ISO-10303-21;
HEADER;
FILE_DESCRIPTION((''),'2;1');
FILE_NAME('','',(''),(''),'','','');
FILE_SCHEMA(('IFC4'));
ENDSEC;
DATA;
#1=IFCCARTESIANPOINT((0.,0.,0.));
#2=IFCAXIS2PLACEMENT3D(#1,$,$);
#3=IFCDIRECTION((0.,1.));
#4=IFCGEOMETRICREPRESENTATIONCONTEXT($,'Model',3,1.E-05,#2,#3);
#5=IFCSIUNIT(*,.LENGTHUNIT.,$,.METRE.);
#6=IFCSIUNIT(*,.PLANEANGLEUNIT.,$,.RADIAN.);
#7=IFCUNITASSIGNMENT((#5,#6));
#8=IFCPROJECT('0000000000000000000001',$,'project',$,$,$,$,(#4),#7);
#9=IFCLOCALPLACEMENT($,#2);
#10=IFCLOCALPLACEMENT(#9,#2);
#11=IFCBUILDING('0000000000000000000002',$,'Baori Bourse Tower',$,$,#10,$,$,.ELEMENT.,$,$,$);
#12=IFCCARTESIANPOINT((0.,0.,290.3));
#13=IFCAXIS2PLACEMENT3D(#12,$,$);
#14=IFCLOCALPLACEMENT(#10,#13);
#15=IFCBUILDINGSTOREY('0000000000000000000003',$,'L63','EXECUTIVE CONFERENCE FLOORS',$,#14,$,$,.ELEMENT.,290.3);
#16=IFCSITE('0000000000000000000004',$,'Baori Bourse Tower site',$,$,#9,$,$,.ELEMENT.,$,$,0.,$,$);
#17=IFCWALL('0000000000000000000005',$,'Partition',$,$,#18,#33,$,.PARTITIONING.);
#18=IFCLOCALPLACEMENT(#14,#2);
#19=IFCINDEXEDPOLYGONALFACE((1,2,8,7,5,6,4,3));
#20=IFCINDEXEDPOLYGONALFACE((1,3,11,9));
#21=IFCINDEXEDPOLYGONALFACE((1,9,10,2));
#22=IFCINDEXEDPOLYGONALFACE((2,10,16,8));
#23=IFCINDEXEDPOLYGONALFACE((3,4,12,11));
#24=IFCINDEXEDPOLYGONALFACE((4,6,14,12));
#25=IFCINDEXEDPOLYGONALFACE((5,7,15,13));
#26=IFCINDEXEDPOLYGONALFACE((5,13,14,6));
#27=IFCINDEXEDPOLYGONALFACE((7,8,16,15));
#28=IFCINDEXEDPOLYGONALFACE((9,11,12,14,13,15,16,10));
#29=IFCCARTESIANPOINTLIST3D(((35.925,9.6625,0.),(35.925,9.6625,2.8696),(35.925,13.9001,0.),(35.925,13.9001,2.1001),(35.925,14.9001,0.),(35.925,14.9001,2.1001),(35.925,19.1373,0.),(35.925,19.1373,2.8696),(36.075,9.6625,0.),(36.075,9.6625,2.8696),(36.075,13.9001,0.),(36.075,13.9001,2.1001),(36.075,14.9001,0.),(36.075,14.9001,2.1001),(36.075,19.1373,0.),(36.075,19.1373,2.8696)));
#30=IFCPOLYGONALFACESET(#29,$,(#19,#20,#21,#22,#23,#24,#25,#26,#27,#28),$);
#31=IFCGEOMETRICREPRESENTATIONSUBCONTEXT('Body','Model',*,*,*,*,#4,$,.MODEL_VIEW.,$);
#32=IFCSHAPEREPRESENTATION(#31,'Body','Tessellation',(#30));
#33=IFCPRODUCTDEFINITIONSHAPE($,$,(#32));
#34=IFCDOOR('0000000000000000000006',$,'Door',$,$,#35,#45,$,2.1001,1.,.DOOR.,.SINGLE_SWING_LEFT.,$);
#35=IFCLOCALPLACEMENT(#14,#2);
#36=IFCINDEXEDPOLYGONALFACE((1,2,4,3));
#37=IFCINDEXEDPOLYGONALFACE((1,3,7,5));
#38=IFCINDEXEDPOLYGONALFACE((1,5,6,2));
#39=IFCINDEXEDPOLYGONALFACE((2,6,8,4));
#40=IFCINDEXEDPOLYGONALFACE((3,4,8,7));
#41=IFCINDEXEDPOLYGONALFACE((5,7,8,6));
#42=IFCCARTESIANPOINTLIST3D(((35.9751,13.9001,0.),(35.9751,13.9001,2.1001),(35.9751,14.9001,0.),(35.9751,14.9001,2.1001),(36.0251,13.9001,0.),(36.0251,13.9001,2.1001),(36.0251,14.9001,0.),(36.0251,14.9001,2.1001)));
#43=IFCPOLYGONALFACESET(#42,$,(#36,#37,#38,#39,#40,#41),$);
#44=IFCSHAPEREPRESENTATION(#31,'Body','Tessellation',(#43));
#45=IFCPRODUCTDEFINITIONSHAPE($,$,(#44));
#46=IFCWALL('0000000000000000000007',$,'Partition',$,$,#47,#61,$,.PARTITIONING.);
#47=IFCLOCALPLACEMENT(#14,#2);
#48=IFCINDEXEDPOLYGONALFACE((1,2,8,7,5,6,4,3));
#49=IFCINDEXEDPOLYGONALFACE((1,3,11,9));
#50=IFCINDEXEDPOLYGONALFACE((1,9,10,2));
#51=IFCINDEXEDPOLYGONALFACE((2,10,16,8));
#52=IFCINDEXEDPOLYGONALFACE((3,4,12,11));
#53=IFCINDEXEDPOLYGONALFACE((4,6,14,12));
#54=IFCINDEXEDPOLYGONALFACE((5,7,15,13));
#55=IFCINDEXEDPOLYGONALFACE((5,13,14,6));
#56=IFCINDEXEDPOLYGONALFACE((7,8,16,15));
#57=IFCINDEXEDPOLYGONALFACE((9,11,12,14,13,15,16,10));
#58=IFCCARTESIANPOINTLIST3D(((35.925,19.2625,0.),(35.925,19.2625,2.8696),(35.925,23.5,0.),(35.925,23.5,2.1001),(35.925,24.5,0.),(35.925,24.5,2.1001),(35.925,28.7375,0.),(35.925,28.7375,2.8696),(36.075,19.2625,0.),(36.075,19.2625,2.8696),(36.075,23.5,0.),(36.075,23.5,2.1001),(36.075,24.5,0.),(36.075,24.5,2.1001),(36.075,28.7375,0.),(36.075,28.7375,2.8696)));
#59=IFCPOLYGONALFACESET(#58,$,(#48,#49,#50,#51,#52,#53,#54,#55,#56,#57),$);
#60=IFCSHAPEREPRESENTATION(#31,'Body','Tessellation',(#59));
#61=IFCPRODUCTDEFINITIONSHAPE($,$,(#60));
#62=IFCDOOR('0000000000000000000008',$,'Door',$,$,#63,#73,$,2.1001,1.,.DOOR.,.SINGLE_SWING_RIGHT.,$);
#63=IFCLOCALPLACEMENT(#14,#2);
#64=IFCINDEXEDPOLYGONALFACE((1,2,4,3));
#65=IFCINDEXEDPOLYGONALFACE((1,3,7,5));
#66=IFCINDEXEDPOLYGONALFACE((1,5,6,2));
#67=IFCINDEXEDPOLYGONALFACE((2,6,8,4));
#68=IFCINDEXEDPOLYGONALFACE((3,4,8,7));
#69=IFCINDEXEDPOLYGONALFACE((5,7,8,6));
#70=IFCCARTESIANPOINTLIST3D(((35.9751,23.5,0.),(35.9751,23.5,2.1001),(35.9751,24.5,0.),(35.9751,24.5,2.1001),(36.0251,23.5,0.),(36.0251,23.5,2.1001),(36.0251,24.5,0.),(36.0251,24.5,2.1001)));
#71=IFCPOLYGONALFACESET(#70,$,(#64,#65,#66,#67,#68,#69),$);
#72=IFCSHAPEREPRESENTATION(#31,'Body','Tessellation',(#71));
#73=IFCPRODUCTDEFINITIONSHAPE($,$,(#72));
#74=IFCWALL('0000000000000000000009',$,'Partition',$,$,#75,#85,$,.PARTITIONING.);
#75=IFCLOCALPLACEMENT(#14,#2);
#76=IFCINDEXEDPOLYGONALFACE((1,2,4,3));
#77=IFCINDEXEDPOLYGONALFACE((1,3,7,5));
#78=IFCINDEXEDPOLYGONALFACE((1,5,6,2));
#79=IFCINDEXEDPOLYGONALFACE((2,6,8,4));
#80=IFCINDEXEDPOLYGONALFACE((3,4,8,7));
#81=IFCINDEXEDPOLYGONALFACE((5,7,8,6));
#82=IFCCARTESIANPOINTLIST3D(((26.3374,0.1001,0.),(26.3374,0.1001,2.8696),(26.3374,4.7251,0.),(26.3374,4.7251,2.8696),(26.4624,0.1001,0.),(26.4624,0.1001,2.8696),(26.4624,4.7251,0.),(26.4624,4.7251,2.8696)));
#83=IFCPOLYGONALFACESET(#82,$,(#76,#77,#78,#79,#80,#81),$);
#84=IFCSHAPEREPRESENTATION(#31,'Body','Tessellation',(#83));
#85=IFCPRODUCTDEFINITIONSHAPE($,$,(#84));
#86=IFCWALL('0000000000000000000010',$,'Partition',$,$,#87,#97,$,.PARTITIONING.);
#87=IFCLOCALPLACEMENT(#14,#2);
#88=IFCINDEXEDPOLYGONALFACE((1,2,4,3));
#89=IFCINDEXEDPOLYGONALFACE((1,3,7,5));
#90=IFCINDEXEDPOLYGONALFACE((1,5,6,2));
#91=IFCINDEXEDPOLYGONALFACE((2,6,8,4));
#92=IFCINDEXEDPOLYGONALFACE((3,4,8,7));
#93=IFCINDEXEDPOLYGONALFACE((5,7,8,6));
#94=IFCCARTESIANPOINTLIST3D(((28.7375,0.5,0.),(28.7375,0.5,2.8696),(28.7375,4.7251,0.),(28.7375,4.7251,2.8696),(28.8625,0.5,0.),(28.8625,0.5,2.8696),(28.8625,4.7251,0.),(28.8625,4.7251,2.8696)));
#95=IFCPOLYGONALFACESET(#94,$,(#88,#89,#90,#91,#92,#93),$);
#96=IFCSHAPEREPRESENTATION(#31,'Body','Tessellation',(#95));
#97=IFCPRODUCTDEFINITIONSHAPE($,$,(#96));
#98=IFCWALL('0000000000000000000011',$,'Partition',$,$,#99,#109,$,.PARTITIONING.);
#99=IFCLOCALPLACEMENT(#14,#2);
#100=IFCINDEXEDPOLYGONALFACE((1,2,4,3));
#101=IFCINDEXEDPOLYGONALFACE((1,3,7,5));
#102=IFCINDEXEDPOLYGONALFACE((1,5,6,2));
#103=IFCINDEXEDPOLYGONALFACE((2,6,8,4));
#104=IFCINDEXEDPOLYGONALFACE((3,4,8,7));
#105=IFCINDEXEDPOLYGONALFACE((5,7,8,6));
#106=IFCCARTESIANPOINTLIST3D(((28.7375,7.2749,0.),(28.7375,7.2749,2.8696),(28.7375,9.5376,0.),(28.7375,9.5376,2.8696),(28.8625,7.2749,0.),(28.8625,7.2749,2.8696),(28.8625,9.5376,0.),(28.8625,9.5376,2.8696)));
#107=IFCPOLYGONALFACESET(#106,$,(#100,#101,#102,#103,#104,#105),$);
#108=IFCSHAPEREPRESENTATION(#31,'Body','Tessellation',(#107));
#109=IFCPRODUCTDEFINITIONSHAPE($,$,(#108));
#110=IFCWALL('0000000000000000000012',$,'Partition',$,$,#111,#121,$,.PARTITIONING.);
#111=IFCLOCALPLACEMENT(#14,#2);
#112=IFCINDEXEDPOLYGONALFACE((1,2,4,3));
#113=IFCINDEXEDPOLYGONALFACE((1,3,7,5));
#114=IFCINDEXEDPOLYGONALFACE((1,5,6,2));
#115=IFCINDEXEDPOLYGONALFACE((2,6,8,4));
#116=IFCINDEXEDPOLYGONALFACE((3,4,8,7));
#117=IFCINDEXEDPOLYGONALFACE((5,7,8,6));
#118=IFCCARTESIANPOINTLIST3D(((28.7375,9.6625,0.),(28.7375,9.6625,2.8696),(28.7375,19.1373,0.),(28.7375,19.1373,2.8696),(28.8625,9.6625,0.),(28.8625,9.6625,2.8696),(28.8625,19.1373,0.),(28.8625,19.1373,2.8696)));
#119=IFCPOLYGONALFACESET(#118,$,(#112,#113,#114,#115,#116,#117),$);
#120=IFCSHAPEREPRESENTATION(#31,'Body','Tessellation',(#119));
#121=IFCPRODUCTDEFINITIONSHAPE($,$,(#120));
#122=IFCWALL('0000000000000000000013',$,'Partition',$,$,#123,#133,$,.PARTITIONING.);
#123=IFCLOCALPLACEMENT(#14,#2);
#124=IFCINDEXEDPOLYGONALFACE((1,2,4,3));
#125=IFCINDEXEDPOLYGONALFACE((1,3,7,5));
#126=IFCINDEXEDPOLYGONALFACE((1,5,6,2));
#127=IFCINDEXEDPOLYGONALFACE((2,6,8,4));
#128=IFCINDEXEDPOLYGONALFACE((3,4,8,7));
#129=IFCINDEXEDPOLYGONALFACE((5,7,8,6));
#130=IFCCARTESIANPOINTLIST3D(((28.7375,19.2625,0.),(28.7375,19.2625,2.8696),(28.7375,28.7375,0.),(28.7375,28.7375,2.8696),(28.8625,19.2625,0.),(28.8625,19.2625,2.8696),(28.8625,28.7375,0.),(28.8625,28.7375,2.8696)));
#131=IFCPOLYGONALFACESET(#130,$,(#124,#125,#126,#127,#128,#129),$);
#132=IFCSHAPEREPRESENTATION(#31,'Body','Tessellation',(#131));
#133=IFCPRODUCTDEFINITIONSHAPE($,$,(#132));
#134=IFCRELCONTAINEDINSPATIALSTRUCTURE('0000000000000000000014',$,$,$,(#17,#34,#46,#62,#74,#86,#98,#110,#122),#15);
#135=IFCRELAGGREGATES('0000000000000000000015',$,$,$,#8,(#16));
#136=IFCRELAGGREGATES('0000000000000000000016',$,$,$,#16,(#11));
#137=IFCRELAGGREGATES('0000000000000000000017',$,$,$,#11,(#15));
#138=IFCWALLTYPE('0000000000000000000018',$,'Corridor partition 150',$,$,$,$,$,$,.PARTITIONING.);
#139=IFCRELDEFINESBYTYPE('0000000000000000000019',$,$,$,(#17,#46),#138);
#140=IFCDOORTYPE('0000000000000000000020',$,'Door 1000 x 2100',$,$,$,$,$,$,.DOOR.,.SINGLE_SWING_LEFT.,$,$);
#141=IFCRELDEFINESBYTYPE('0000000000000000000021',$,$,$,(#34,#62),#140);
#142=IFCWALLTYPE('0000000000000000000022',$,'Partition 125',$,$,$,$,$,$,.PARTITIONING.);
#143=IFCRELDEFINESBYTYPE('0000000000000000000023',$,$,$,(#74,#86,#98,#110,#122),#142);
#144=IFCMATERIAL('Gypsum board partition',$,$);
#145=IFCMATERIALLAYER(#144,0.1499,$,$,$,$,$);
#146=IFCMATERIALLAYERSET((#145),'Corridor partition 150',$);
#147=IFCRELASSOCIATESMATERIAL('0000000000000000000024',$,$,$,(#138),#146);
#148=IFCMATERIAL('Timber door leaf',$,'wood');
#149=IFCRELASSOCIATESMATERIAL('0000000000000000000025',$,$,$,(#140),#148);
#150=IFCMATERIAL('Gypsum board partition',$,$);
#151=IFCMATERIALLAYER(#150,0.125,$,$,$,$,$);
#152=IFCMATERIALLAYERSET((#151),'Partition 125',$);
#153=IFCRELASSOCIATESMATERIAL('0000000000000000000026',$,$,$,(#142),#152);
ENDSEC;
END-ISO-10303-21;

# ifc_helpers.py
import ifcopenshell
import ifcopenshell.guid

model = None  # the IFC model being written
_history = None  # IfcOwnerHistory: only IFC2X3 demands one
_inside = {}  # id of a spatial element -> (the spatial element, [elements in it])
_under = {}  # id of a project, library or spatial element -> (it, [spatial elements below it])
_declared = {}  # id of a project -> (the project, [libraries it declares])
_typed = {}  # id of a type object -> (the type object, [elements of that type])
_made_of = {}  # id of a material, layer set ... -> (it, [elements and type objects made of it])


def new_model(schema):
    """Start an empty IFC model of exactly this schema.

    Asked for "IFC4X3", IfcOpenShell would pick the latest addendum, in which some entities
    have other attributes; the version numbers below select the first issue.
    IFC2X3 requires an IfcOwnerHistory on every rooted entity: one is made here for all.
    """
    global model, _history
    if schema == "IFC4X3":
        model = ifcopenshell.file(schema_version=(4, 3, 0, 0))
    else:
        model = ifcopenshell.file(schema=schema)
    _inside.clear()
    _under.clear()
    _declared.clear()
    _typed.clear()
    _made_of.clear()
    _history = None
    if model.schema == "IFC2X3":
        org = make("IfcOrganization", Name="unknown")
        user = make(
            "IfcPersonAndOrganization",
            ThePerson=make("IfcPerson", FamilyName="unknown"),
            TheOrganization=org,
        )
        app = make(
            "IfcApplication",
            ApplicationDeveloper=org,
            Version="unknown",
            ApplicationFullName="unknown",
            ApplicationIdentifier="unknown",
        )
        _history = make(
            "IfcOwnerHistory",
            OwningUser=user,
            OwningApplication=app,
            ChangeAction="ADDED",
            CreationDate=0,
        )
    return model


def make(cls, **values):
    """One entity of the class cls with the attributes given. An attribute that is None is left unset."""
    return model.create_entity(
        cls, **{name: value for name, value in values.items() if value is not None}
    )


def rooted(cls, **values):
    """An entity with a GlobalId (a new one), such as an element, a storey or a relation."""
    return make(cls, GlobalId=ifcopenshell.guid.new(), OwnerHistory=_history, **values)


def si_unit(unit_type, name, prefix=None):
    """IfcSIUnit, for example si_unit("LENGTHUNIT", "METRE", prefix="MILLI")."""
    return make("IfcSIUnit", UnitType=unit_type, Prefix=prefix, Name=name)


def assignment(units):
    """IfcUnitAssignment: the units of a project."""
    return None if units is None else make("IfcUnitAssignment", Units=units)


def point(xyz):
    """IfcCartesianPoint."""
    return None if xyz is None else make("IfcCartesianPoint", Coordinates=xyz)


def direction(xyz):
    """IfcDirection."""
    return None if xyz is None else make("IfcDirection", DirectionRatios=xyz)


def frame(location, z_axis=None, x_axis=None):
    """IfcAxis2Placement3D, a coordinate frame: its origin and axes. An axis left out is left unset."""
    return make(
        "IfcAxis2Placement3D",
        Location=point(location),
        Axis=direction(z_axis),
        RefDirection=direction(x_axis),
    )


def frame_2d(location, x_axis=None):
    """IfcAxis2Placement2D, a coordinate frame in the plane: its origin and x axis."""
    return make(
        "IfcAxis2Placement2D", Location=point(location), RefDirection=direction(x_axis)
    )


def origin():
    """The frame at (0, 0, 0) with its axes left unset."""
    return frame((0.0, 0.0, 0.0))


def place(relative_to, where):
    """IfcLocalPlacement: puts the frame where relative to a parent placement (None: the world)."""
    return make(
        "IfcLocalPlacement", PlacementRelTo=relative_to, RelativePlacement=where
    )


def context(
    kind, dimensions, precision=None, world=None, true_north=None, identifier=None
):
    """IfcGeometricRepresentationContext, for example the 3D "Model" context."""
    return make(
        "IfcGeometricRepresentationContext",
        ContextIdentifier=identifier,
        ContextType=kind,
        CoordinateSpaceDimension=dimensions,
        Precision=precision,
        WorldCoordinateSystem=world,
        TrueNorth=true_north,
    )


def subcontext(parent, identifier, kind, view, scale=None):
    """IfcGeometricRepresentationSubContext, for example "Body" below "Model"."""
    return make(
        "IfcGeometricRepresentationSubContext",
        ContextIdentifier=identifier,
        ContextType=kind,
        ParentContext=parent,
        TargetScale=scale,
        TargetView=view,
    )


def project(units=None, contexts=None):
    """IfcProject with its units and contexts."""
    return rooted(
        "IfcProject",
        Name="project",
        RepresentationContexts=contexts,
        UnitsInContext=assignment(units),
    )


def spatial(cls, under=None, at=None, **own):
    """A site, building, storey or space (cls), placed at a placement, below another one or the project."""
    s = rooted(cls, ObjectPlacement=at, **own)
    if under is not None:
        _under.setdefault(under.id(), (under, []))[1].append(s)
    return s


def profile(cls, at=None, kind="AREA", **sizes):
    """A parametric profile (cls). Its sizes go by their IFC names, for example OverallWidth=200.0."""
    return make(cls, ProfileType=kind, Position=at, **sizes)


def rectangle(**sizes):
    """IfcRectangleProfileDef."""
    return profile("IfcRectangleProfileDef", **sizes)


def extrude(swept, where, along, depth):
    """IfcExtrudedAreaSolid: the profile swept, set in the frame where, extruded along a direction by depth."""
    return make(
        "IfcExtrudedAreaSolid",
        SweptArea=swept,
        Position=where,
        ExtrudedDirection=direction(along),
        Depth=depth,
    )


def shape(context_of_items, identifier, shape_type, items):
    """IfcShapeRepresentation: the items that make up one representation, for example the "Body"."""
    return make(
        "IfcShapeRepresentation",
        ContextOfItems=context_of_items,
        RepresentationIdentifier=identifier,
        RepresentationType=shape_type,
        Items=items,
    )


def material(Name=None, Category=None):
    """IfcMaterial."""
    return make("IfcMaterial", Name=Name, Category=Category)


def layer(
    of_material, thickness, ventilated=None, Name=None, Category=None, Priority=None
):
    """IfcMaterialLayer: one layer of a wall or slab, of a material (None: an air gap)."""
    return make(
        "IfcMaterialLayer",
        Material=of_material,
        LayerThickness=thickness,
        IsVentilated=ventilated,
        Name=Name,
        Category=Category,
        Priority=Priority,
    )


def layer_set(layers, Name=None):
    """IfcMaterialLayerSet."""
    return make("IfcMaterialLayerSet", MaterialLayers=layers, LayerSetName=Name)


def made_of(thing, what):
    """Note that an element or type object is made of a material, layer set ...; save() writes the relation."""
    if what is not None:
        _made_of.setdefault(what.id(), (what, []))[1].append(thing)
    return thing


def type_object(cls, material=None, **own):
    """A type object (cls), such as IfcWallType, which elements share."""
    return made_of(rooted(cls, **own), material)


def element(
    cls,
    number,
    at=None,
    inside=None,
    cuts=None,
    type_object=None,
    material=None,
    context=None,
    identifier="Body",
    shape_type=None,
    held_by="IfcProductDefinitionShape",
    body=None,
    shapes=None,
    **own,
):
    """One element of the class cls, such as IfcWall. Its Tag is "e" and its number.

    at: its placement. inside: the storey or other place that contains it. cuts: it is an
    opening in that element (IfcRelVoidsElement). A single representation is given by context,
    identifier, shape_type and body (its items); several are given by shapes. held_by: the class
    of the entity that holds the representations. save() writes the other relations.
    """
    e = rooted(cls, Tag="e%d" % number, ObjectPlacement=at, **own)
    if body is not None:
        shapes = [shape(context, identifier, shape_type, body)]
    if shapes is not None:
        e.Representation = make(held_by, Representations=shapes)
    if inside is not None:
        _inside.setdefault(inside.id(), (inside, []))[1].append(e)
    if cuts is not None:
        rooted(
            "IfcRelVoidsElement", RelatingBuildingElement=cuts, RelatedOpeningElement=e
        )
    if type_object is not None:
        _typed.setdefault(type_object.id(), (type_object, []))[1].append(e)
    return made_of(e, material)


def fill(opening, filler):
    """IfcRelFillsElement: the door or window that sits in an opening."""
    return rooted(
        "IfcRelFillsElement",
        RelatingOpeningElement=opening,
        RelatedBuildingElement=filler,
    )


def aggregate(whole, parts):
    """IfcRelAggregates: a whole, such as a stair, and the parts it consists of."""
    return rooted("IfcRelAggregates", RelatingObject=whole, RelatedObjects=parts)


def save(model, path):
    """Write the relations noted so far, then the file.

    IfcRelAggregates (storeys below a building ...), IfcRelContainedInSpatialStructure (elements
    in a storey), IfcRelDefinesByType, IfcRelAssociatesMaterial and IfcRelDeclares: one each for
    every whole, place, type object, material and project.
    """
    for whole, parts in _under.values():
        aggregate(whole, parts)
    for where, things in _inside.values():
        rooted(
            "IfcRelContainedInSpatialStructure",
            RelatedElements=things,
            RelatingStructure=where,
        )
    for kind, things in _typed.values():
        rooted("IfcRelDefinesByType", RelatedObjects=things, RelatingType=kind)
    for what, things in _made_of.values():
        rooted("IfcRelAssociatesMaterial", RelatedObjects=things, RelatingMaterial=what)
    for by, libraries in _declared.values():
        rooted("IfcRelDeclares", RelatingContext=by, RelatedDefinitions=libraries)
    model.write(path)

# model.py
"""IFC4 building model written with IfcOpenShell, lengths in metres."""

from ifc_helpers import new_model, si_unit, direction, frame, frame_2d, origin, place, context, subcontext, project, spatial, rectangle, extrude, material, layer, layer_set, type_object, element, fill, save


model = new_model("IFC4")

# Units and contexts
model_context = context("Model", 3, precision=1e-05, world=origin(), true_north=direction((0.0, 1.0)))
body_context = subcontext(model_context, "Body", "Model", "MODEL_VIEW")
ifc_project = project(units=[si_unit("LENGTHUNIT", "METRE"), si_unit("PLANEANGLEUNIT", "RADIAN")], contexts=[model_context])

# Site, building, storey
site_placement = place(None, origin())
site = spatial("IfcSite", under=ifc_project, at=site_placement, Name="Baori Bourse Tower site", CompositionType="ELEMENT", RefElevation=0.0)
building_placement = place(site_placement, origin())
building = spatial("IfcBuilding", under=site, at=building_placement, Name="Baori Bourse Tower", CompositionType="ELEMENT")
storey_placement = place(building_placement, frame((0.0, 0.0, 290.3)))
storey = spatial("IfcBuildingStorey", under=building, at=storey_placement, Name="L63", Description="EXECUTIVE CONFERENCE FLOORS", CompositionType="ELEMENT", Elevation=290.3)

# Shared definitions
ifc_material_1 = material(Name="Gypsum board partition")
ifc_layer_1 = layer(ifc_material_1, 0.1499)
ifc_layer_set_1 = layer_set([ifc_layer_1], Name="Corridor partition 150")
wall_type_1 = type_object("IfcWallType", Name="Corridor partition 150", PredefinedType="PARTITIONING", material=ifc_layer_set_1)

# Shared definitions
ifc_material_2 = material(Name="Timber door leaf", Category="wood")
door_type = type_object("IfcDoorType", Name="Door 1000 x 2100", OperationType="SINGLE_SWING_LEFT", PredefinedType="DOOR", material=ifc_material_2)

# Walls, openings, doors
wall_1_placement = place(storey_placement, frame((36.0, 9.6626, 0.0), z_axis=(0.0, 0.0, 1.0), x_axis=(0.0, 1.0, 0.0)))
wall_1 = element("IfcWall", 1, at=wall_1_placement, inside=storey, type_object=wall_type_1, Name="Partition", PredefinedType="PARTITIONING", context=body_context, shape_type="SweptSolid", body=[
    extrude(rectangle(XDim=9.4749, YDim=0.1499, at=frame_2d((4.7373, 0.0))), origin(), (0.0, 0.0, 1.0), 2.8696),
])
opening_1_placement = place(wall_1_placement, frame((4.2375, 0.0, 0.0)))
opening_1 = element("IfcOpeningElement", 2, at=opening_1_placement, cuts=wall_1, PredefinedType="OPENING", context=body_context, shape_type="SweptSolid", body=[
    extrude(rectangle(XDim=1.0, YDim=2.1001, at=frame_2d((0.5, 1.05))), frame((0.0, 0.085, 0.0), z_axis=(0.0, -1.0, 0.0), x_axis=(1.0, 0.0, 0.0)), (0.0, 0.0, 1.0), 0.1699),
])
door_1_placement = place(opening_1_placement, origin())
door_1 = element("IfcDoor", 3, at=door_1_placement, inside=storey, type_object=door_type, Name="Door", OperationType="SINGLE_SWING_LEFT", OverallHeight=2.1001, OverallWidth=1.0, PredefinedType="DOOR", context=body_context, shape_type="SweptSolid", body=[
    extrude(rectangle(XDim=1.0, YDim=2.1001, at=frame_2d((0.5, 1.05))), frame((0.0, 0.0249, 0.0), z_axis=(0.0, -1.0, 0.0), x_axis=(1.0, 0.0, 0.0)), (0.0, 0.0, 1.0), 0.05),
])
fill(opening_1, door_1)
wall_2_placement = place(storey_placement, frame((36.0, 19.2625, 0.0), z_axis=(0.0, 0.0, 1.0), x_axis=(0.0, 1.0, 0.0)))
wall_2 = element("IfcWall", 4, at=wall_2_placement, inside=storey, type_object=wall_type_1, Name="Partition", PredefinedType="PARTITIONING", context=body_context, shape_type="SweptSolid", body=[
    extrude(rectangle(XDim=9.4751, YDim=0.1499, at=frame_2d((4.7375, 0.0))), origin(), (0.0, 0.0, 1.0), 2.8696),
])
opening_2_placement = place(wall_2_placement, frame((4.2375, 0.0, 0.0)))
opening_2 = element("IfcOpeningElement", 5, at=opening_2_placement, cuts=wall_2, PredefinedType="OPENING", context=body_context, shape_type="SweptSolid", body=[
    extrude(rectangle(XDim=1.0, YDim=2.1001, at=frame_2d((0.5, 1.05))), frame((0.0, 0.085, 0.0), z_axis=(0.0, -1.0, 0.0), x_axis=(1.0, 0.0, 0.0)), (0.0, 0.0, 1.0), 0.1699),
])
door_2_placement = place(opening_2_placement, origin())
door_2 = element("IfcDoor", 6, at=door_2_placement, inside=storey, type_object=door_type, Name="Door", OperationType="SINGLE_SWING_RIGHT", OverallHeight=2.1001, OverallWidth=1.0, PredefinedType="DOOR", context=body_context, shape_type="SweptSolid", body=[
    extrude(rectangle(XDim=1.0, YDim=2.1001, at=frame_2d((0.5, 1.05))), frame((0.0, 0.0249, 0.0), z_axis=(0.0, -1.0, 0.0), x_axis=(1.0, 0.0, 0.0)), (0.0, 0.0, 1.0), 0.05),
])
fill(opening_2, door_2)

# Walls
ifc_material_3 = material(Name="Gypsum board partition")
ifc_layer_2 = layer(ifc_material_3, 0.125)
ifc_layer_set_2 = layer_set([ifc_layer_2], Name="Partition 125")
wall_type_2 = type_object("IfcWallType", Name="Partition 125", PredefinedType="PARTITIONING", material=ifc_layer_set_2)
wall_3_placement = place(storey_placement, frame((26.3999, 0.1001, 0.0), z_axis=(0.0, 0.0, 1.0), x_axis=(0.0, 1.0, 0.0)))
element("IfcWall", 7, at=wall_3_placement, inside=storey, type_object=wall_type_2, Name="Partition", PredefinedType="PARTITIONING", context=body_context, shape_type="SweptSolid", body=[
    extrude(rectangle(XDim=4.625, YDim=0.125, at=frame_2d((2.3125, 0.0))), origin(), (0.0, 0.0, 1.0), 2.8696),
])
wall_4_placement = place(storey_placement, frame((28.8, 0.5, 0.0), z_axis=(0.0, 0.0, 1.0), x_axis=(0.0, 1.0, 0.0)))
element("IfcWall", 8, at=wall_4_placement, inside=storey, type_object=wall_type_2, Name="Partition", PredefinedType="PARTITIONING", context=body_context, shape_type="SweptSolid", body=[
    extrude(rectangle(XDim=4.2251, YDim=0.125, at=frame_2d((2.1125, 0.0))), origin(), (0.0, 0.0, 1.0), 2.8696),
])
wall_5_placement = place(storey_placement, frame((28.8, 7.2749, 0.0), z_axis=(0.0, 0.0, 1.0), x_axis=(0.0, 1.0, 0.0)))
element("IfcWall", 9, at=wall_5_placement, inside=storey, type_object=wall_type_2, Name="Partition", PredefinedType="PARTITIONING", context=body_context, shape_type="SweptSolid", body=[
    extrude(rectangle(XDim=2.2627, YDim=0.125, at=frame_2d((1.1313, 0.0))), origin(), (0.0, 0.0, 1.0), 2.8696),
])
wall_6_placement = place(storey_placement, frame((28.8, 9.6626, 0.0), z_axis=(0.0, 0.0, 1.0), x_axis=(0.0, 1.0, 0.0)))
element("IfcWall", 10, at=wall_6_placement, inside=storey, type_object=wall_type_2, Name="Partition", PredefinedType="PARTITIONING", context=body_context, shape_type="SweptSolid", body=[
    extrude(rectangle(XDim=9.4749, YDim=0.125, at=frame_2d((4.7373, 0.0))), origin(), (0.0, 0.0, 1.0), 2.8696),
])
wall_7_placement = place(storey_placement, frame((28.8, 19.2625, 0.0), z_axis=(0.0, 0.0, 1.0), x_axis=(0.0, 1.0, 0.0)))
element("IfcWall", 11, at=wall_7_placement, inside=storey, type_object=wall_type_2, Name="Partition", PredefinedType="PARTITIONING", context=body_context, shape_type="SweptSolid", body=[
    extrude(rectangle(XDim=9.4751, YDim=0.125, at=frame_2d((4.7375, 0.0))), origin(), (0.0, 0.0, 1.0), 2.8696),
])

save(model, "model.ifc")
